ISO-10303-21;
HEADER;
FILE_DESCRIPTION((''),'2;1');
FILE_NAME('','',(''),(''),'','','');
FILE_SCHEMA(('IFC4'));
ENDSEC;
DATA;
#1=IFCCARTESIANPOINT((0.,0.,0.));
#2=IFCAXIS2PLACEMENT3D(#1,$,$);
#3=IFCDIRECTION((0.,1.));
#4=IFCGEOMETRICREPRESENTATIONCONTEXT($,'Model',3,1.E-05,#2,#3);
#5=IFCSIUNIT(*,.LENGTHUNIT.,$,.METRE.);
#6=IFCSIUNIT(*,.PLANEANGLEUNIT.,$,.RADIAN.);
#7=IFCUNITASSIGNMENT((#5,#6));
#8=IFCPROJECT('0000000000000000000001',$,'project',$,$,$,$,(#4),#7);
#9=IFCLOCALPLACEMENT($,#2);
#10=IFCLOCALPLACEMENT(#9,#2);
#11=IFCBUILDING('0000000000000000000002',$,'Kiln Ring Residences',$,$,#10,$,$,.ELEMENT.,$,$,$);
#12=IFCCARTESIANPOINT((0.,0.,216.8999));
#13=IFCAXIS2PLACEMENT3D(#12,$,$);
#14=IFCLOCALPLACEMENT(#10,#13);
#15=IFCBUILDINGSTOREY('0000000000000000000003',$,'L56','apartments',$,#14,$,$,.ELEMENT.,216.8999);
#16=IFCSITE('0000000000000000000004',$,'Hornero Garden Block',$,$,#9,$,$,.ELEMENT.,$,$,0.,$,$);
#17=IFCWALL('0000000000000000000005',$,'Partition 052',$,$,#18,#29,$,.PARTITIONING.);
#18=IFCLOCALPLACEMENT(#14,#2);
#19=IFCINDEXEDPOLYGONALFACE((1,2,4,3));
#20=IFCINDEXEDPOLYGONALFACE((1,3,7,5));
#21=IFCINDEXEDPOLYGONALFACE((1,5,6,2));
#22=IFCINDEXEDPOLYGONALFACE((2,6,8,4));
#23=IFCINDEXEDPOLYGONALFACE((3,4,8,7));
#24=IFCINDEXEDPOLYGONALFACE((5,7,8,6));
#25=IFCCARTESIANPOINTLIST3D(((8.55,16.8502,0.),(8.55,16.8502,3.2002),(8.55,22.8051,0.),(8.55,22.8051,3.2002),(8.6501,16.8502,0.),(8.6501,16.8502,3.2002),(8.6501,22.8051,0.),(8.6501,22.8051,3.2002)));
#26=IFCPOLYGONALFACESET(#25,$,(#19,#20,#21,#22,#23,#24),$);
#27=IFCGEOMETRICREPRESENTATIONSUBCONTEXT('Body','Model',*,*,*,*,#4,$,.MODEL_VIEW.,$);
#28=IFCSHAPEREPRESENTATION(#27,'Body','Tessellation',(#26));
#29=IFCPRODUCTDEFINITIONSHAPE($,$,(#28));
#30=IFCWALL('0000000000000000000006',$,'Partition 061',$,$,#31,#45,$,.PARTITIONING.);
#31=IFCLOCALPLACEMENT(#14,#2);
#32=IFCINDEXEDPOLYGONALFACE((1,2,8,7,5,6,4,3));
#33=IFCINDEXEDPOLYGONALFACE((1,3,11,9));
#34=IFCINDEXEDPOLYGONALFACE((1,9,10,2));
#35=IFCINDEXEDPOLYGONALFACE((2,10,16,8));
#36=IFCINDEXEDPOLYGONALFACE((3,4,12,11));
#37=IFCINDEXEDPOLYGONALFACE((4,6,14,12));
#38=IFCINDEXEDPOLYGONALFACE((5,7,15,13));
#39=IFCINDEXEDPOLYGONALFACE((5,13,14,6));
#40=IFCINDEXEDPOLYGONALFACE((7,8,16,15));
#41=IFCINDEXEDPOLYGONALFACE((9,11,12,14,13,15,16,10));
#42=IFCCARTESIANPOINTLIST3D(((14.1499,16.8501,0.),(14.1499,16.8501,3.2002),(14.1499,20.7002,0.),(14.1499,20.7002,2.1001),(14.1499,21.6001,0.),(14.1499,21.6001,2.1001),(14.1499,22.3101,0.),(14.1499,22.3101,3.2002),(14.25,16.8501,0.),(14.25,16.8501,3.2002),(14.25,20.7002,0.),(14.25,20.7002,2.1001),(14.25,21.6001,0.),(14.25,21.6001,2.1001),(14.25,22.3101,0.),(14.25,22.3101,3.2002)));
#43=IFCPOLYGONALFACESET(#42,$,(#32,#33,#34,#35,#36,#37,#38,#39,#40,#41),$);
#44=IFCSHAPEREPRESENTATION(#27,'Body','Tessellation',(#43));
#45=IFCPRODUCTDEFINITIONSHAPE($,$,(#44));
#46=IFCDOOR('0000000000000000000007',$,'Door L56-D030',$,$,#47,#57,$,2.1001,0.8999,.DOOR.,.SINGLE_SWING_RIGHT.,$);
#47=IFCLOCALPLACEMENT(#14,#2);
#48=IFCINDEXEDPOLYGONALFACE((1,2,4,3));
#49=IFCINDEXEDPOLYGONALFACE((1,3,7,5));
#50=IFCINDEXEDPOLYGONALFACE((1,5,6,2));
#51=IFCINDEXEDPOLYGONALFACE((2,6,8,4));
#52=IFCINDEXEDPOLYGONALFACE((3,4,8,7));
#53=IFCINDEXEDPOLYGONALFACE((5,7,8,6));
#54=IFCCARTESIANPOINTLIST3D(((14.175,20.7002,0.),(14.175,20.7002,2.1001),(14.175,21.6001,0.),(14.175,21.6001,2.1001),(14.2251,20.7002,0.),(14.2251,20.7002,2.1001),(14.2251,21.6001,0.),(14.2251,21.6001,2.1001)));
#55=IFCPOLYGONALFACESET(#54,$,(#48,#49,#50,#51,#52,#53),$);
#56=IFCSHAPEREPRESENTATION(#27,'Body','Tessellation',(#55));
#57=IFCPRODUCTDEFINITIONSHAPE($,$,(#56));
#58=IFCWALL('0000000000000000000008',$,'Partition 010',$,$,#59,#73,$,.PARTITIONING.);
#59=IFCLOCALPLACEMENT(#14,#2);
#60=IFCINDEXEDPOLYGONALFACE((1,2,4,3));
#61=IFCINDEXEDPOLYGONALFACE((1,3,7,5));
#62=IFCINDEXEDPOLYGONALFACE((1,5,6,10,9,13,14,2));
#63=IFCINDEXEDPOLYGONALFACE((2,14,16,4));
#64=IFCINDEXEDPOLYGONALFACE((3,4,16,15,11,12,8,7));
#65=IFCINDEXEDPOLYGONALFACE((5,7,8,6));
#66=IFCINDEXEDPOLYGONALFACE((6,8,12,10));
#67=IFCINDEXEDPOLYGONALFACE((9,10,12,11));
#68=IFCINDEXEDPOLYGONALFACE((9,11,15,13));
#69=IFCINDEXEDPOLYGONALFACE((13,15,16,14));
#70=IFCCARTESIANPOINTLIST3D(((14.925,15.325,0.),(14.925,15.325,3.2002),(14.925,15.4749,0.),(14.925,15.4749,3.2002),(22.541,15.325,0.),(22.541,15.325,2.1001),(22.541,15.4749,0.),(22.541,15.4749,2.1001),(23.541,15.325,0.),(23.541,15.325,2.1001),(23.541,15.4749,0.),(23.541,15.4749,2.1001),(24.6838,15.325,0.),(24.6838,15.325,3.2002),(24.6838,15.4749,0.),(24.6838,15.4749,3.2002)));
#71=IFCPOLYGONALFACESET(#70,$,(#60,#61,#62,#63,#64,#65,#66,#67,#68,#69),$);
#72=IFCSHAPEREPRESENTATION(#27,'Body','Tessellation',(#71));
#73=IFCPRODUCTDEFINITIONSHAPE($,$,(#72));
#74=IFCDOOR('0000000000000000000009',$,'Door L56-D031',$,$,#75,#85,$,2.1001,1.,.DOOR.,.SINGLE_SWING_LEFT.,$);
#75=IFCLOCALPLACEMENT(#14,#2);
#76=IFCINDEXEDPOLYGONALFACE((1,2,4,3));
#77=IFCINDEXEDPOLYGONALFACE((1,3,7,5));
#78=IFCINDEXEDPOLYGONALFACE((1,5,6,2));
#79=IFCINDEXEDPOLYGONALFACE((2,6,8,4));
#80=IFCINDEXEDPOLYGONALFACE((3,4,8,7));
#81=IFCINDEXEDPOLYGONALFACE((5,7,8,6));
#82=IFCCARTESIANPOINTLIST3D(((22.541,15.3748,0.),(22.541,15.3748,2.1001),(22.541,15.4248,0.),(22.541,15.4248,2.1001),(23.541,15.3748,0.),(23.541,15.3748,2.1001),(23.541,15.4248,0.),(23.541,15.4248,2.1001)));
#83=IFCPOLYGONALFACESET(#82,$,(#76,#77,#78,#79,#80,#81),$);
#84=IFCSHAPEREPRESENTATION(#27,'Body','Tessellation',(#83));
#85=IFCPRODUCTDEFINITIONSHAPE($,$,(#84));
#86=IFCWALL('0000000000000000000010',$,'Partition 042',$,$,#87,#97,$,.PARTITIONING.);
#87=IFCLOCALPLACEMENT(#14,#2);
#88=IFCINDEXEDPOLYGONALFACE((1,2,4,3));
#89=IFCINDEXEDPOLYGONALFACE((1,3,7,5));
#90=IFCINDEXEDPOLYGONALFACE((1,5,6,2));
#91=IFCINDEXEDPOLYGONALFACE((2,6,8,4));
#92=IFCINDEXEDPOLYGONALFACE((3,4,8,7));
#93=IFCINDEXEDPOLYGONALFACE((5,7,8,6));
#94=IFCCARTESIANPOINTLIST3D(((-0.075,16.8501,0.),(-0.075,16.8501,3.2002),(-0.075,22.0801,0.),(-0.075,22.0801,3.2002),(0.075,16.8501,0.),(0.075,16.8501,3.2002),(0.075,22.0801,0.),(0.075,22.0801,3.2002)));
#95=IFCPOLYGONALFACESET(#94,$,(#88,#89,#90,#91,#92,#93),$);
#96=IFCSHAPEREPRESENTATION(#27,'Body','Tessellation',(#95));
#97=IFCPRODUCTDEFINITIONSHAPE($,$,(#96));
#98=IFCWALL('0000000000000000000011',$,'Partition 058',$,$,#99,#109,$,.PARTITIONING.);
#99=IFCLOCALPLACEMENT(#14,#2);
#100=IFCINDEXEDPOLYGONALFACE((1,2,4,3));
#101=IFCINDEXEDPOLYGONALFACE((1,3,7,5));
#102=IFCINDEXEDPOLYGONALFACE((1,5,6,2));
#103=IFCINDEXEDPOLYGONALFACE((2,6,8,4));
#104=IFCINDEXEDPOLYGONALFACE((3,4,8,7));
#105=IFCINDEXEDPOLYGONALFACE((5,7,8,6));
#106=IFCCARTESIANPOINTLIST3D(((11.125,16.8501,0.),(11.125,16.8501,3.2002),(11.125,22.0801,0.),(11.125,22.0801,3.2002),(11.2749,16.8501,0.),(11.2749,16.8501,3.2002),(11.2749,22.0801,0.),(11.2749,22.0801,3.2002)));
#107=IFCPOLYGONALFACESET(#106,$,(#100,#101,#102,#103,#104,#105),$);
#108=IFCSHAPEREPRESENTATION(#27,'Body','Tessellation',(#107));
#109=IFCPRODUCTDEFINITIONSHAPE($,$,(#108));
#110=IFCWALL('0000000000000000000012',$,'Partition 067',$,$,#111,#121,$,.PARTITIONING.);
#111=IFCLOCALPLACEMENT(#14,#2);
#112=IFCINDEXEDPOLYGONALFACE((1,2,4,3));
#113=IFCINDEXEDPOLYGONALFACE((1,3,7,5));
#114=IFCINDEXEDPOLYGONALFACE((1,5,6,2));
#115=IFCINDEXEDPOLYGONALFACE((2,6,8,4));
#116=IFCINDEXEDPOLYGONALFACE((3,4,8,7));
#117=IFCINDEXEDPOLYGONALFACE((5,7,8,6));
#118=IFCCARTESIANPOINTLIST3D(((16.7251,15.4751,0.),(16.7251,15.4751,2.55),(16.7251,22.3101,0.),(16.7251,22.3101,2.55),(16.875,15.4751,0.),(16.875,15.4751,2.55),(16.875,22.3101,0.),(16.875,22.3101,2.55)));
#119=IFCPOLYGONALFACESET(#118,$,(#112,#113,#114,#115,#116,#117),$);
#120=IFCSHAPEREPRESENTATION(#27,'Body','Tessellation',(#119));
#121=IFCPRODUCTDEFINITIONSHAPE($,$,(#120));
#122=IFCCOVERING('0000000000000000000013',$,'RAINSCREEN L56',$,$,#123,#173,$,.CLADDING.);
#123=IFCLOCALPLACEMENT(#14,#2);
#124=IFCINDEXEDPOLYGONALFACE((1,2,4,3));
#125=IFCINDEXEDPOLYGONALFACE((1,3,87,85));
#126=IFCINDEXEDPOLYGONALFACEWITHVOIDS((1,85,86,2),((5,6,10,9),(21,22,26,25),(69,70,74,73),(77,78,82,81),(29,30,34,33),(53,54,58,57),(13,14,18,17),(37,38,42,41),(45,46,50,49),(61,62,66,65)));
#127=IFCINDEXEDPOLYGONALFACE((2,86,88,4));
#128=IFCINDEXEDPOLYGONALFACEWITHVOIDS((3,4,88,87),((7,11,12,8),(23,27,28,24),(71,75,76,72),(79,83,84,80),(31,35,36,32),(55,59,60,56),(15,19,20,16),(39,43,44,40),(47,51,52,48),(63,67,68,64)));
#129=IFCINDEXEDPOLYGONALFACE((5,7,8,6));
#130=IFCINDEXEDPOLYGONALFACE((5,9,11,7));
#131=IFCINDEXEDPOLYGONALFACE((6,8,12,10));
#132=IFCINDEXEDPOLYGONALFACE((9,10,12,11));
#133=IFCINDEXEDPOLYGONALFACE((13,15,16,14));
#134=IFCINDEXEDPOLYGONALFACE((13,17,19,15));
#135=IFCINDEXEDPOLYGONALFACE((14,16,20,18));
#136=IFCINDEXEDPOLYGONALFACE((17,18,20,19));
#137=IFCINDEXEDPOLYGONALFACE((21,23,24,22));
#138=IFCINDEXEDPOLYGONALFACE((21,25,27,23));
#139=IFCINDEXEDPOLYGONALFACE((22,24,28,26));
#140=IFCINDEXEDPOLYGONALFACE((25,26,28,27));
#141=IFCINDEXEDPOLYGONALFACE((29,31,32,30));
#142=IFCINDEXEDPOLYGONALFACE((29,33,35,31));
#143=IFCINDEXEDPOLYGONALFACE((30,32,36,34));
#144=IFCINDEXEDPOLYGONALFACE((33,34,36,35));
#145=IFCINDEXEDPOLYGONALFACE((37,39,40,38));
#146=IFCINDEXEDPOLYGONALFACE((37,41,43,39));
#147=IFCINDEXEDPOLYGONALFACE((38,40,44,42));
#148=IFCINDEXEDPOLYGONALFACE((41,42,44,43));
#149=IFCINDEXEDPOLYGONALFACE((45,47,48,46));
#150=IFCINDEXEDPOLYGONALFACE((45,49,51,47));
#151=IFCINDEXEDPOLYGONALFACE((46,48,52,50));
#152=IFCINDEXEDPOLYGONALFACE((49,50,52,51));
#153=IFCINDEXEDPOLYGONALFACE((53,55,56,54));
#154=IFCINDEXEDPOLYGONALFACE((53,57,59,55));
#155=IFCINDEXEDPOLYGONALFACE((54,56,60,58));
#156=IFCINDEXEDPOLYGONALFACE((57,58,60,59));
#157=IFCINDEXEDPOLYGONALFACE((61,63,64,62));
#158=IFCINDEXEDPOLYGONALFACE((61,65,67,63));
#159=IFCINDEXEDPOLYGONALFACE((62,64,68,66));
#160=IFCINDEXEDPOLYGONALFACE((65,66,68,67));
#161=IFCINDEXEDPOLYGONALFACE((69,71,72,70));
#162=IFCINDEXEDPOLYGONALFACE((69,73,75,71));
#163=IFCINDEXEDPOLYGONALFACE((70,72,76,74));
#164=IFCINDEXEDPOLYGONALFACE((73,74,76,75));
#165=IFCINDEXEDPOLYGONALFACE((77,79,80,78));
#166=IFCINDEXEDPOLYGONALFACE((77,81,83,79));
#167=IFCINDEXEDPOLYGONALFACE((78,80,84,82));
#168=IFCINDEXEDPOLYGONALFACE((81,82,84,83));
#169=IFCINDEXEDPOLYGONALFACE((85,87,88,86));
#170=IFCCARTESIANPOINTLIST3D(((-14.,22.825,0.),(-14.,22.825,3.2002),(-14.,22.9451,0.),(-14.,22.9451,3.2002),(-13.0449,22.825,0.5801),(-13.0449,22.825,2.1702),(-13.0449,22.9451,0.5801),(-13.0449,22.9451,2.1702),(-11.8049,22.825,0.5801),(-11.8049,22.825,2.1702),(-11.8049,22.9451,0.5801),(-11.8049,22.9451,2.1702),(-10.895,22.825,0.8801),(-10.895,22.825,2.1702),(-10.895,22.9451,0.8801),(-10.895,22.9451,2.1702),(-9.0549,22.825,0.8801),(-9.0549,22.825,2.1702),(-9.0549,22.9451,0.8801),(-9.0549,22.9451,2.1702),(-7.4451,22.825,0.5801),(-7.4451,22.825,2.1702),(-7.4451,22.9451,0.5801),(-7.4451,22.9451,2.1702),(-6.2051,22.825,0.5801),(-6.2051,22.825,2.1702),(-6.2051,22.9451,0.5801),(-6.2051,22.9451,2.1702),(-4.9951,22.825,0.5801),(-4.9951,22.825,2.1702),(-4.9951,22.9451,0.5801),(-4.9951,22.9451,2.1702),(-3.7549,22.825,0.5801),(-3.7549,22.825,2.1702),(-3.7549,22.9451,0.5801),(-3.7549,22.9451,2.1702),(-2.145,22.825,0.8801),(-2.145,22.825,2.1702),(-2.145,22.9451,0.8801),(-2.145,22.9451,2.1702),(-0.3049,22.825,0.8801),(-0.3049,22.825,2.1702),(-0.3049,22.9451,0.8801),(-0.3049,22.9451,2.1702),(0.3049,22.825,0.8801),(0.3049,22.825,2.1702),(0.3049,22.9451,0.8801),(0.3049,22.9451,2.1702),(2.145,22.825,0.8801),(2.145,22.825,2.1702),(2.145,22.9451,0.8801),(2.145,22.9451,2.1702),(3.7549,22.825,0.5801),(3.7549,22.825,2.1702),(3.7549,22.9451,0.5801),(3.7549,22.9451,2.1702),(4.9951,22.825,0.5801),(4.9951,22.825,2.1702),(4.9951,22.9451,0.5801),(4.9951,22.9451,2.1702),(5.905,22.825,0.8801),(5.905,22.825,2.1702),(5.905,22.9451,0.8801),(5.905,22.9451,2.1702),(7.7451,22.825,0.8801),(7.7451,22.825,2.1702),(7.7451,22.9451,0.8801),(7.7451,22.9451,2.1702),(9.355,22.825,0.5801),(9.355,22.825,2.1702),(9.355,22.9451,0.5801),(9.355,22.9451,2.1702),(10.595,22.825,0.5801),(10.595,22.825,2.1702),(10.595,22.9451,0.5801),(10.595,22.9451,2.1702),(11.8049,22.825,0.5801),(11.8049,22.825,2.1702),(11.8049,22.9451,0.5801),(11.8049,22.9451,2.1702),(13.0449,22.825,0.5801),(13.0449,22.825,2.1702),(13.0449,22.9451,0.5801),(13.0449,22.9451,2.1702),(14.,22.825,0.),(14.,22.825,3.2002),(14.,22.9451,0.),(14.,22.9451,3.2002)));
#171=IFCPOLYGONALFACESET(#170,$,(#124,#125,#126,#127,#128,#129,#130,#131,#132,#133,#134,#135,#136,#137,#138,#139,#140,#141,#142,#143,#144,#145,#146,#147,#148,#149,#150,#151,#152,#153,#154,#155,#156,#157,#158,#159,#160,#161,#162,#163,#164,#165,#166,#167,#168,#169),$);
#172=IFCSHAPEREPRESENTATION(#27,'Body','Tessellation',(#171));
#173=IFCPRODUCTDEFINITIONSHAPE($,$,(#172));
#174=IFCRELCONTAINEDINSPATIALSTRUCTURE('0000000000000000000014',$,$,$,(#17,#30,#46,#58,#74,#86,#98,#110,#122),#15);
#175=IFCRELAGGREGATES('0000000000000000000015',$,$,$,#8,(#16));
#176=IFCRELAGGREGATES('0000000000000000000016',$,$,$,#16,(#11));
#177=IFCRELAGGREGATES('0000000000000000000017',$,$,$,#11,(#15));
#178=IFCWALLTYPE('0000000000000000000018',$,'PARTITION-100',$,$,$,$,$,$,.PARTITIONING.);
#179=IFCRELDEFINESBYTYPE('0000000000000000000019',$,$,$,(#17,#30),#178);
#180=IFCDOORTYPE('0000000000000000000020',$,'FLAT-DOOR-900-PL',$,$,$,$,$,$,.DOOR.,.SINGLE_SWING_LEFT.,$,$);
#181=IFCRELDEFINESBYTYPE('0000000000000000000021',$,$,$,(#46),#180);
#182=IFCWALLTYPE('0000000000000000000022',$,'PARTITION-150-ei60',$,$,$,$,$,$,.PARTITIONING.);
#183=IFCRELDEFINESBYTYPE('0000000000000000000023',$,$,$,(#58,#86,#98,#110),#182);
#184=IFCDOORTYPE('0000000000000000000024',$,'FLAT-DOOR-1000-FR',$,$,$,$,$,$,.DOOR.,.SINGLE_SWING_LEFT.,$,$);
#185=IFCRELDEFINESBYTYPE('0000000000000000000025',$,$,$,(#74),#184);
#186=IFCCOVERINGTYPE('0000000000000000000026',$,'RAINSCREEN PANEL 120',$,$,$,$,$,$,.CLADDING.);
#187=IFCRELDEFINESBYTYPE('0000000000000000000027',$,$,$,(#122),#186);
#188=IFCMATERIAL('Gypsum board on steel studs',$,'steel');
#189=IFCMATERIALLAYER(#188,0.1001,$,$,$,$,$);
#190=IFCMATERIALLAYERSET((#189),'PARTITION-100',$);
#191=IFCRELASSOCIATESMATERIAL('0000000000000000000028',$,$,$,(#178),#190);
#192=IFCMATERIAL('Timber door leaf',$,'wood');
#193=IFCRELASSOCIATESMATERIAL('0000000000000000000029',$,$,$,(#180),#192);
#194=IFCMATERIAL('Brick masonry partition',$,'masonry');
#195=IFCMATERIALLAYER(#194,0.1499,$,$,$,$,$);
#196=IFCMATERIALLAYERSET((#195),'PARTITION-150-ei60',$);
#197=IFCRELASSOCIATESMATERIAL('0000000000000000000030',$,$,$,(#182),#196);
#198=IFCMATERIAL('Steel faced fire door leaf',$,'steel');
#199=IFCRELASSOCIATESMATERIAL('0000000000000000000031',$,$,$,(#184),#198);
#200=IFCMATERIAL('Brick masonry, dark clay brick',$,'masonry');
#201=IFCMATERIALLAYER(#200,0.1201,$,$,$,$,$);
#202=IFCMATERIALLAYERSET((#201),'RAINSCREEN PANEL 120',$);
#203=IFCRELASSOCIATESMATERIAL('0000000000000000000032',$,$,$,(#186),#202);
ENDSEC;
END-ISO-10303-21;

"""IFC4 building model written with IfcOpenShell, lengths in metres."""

from ifc_helpers import new_model, si_unit, direction, frame, frame_2d, origin, place, context, subcontext, project, spatial, polyline, rectangle, outline, extrude, material, layer, layer_set, type_object, element, fill, save


model = new_model("IFC4")

# Units and contexts
model_context = context("Model", 3, precision=1e-05, world=origin(), true_north=direction((0.0, 1.0)))
body_context = subcontext(model_context, "Body", "Model", "MODEL_VIEW")
ifc_project = project(units=[si_unit("LENGTHUNIT", "METRE"), si_unit("PLANEANGLEUNIT", "RADIAN")], contexts=[model_context])

# Site, building, storey
site_placement = place(None, origin())
site = spatial("IfcSite", under=ifc_project, at=site_placement, Name="Hornero Garden Block", CompositionType="ELEMENT", RefElevation=0.0)
building_placement = place(site_placement, origin())
building = spatial("IfcBuilding", under=site, at=building_placement, Name="Kiln Ring Residences", CompositionType="ELEMENT")
storey_placement = place(building_placement, frame((0.0, 0.0, 216.8999)))
storey = spatial("IfcBuildingStorey", under=building, at=storey_placement, Name="L56", Description="apartments", CompositionType="ELEMENT", Elevation=216.8999)

# Wall
ifc_material_1 = material(Name="Gypsum board on steel studs", Category="steel")
ifc_layer_1 = layer(ifc_material_1, 0.1001)
ifc_layer_set_1 = layer_set([ifc_layer_1], Name="PARTITION-100")
wall_type_1 = type_object("IfcWallType", Name="PARTITION-100", PredefinedType="PARTITIONING", material=ifc_layer_set_1)
wall_1_placement = place(storey_placement, frame((8.6001, 16.8501, 0.0), z_axis=(0.0, 0.0, 1.0), x_axis=(0.0, 1.0, 0.0)))
element("IfcWall", 1, at=wall_1_placement, inside=storey, type_object=wall_type_1, Name="Partition 052", PredefinedType="PARTITIONING", context=body_context, shape_type="SweptSolid", body=[
    extrude(rectangle(XDim=5.9548, YDim=0.1001, at=frame_2d((2.9775, 0.0))), origin(), (0.0, 0.0, 1.0), 3.2002),
])

# Walls, openings, doors
wall_2_placement = place(storey_placement, frame((14.2, 16.8501, 0.0), z_axis=(0.0, 0.0, 1.0), x_axis=(0.0, 1.0, 0.0)))
wall_2 = element("IfcWall", 2, at=wall_2_placement, inside=storey, type_object=wall_type_1, Name="Partition 061", PredefinedType="PARTITIONING", context=body_context, shape_type="SweptSolid", body=[
    extrude(rectangle(XDim=5.46, YDim=0.1001, at=frame_2d((2.73, 0.0))), origin(), (0.0, 0.0, 1.0), 3.2002),
])
opening_1_placement = place(wall_2_placement, frame((3.8501, 0.0, 0.0)))
opening_1 = element("IfcOpeningElement", 3, at=opening_1_placement, cuts=wall_2, PredefinedType="OPENING", context=body_context, shape_type="SweptSolid", body=[
    extrude(rectangle(XDim=0.8999, YDim=2.1001, at=frame_2d((0.45, 1.05))), frame((0.0, 0.0601, 0.0), z_axis=(0.0, -1.0, 0.0), x_axis=(1.0, 0.0, 0.0)), (0.0, 0.0, 1.0), 0.1201),
])
ifc_material_2 = material(Name="Timber door leaf", Category="wood")
door_type_1 = type_object("IfcDoorType", Name="FLAT-DOOR-900-PL", OperationType="SINGLE_SWING_LEFT", PredefinedType="DOOR", material=ifc_material_2)
door_1_placement = place(opening_1_placement, origin())
door_1 = element("IfcDoor", 4, at=door_1_placement, inside=storey, type_object=door_type_1, Name="Door L56-D030", OperationType="SINGLE_SWING_RIGHT", OverallHeight=2.1001, OverallWidth=0.8999, PredefinedType="DOOR", context=body_context, shape_type="SweptSolid", body=[
    extrude(rectangle(XDim=0.8999, YDim=2.1001, at=frame_2d((0.45, 1.05))), frame((0.0, 0.0249, 0.0), z_axis=(0.0, -1.0, 0.0), x_axis=(1.0, 0.0, 0.0)), (0.0, 0.0, 1.0), 0.05),
])
fill(opening_1, door_1)
ifc_material_3 = material(Name="Brick masonry partition", Category="masonry")
ifc_layer_2 = layer(ifc_material_3, 0.1499)
ifc_layer_set_2 = layer_set([ifc_layer_2], Name="PARTITION-150-ei60")
wall_type_2 = type_object("IfcWallType", Name="PARTITION-150-ei60", PredefinedType="PARTITIONING", material=ifc_layer_set_2)
wall_3_placement = place(storey_placement, frame((14.925, 15.3999, 0.0), z_axis=(0.0, 0.0, 1.0), x_axis=(1.0, 0.0, 0.0)))
wall_3 = element("IfcWall", 5, at=wall_3_placement, inside=storey, type_object=wall_type_2, Name="Partition 010", PredefinedType="PARTITIONING", context=body_context, shape_type="SweptSolid", body=[
    extrude(rectangle(XDim=9.7588, YDim=0.1499, at=frame_2d((4.8794, 0.0))), origin(), (0.0, 0.0, 1.0), 3.2002),
])
opening_2_placement = place(wall_3_placement, frame((7.616, 0.0, 0.0)))
opening_2 = element("IfcOpeningElement", 6, at=opening_2_placement, cuts=wall_3, PredefinedType="OPENING", context=body_context, shape_type="SweptSolid", body=[
    extrude(rectangle(XDim=1.0, YDim=2.1001, at=frame_2d((0.5, 1.05))), frame((0.0, 0.085, 0.0), z_axis=(0.0, -1.0, 0.0), x_axis=(1.0, 0.0, 0.0)), (0.0, 0.0, 1.0), 0.1699),
])
ifc_material_4 = material(Name="Steel faced fire door leaf", Category="steel")
door_type_2 = type_object("IfcDoorType", Name="FLAT-DOOR-1000-FR", OperationType="SINGLE_SWING_LEFT", PredefinedType="DOOR", material=ifc_material_4)
door_2_placement = place(opening_2_placement, origin())
door_2 = element("IfcDoor", 7, at=door_2_placement, inside=storey, type_object=door_type_2, Name="Door L56-D031", OperationType="SINGLE_SWING_LEFT", OverallHeight=2.1001, OverallWidth=1.0, PredefinedType="DOOR", context=body_context, shape_type="SweptSolid", body=[
    extrude(rectangle(XDim=1.0, YDim=2.1001, at=frame_2d((0.5, 1.05))), frame((0.0, 0.0249, 0.0), z_axis=(0.0, -1.0, 0.0), x_axis=(1.0, 0.0, 0.0)), (0.0, 0.0, 1.0), 0.05),
])
fill(opening_2, door_2)

# Walls
for number, where, z_axis, x_axis, name in (
    (8, (0.0, 16.8501, 0.0), (0.0, 0.0, 1.0), (0.0, 1.0, 0.0), "Partition 042"),
    (9, (11.2, 16.8501, 0.0), (0.0, 0.0, 1.0), (0.0, 1.0, 0.0), "Partition 058"),
):
    element("IfcWall", number, at=place(storey_placement, frame(where, z_axis=z_axis, x_axis=x_axis)), inside=storey, type_object=wall_type_2, Name=name, PredefinedType="PARTITIONING", context=body_context, shape_type="SweptSolid", body=[
        extrude(rectangle(XDim=5.23, YDim=0.1499, at=frame_2d((2.615, 0.0))), origin(), (0.0, 0.0, 1.0), 3.2002),
    ])
wall_4_placement = place(storey_placement, frame((16.8, 15.4751, 0.0), z_axis=(0.0, 0.0, 1.0), x_axis=(0.0, 1.0, 0.0)))
element("IfcWall", 10, at=wall_4_placement, inside=storey, type_object=wall_type_2, Name="Partition 067", PredefinedType="PARTITIONING", context=body_context, shape_type="SweptSolid", body=[
    extrude(rectangle(XDim=6.835, YDim=0.1499, at=frame_2d((3.4175, 0.0))), origin(), (0.0, 0.0, 1.0), 2.55),
])

# Covering
ifc_material_5 = material(Name="Brick masonry, dark clay brick", Category="masonry")
ifc_layer_3 = layer(ifc_material_5, 0.1201)
ifc_layer_set_3 = layer_set([ifc_layer_3], Name="RAINSCREEN PANEL 120")
covering_type = type_object("IfcCoveringType", Name="RAINSCREEN PANEL 120", PredefinedType="CLADDING", material=ifc_layer_set_3)
covering_placement = place(storey_placement, frame((14.0, 22.885, 0.0), z_axis=(0.0, 0.0, 1.0), x_axis=(-1.0, 0.0, 0.0)))
element("IfcCovering", 11, at=covering_placement, inside=storey, type_object=covering_type, Name="RAINSCREEN L56", PredefinedType="CLADDING", context=body_context, shape_type="SweptSolid", body=[
    extrude(outline(polyline([(0.0, 0.0), (28.0, 0.0), (28.0, 3.2002), (0.0, 3.2002), (0.0, 0.0)]), holes=[polyline([(0.9551, 0.5801), (2.1951, 0.5801), (2.1951, 2.1702), (0.9551, 2.1702), (0.9551, 0.5801)]), polyline([(3.405, 0.5801), (4.645, 0.5801), (4.645, 2.1702), (3.405, 2.1702), (3.405, 0.5801)]), polyline([(9.0049, 0.5801), (10.2451, 0.5801), (10.2451, 2.1702), (9.0049, 2.1702), (9.0049, 0.5801)]), polyline([(17.7549, 2.1702), (17.7549, 0.5801), (18.9951, 0.5801), (18.9951, 2.1702), (17.7549, 2.1702)]), polyline([(20.2051, 2.1702), (20.2051, 0.5801), (21.4451, 0.5801), (21.4451, 2.1702), (20.2051, 2.1702)]), polyline([(25.8049, 0.5801), (27.0449, 0.5801), (27.0449, 2.1702), (25.8049, 2.1702), (25.8049, 0.5801)]), polyline([(6.2549, 0.8801), (8.095, 0.8801), (8.095, 2.1702), (6.2549, 2.1702), (6.2549, 0.8801)]), polyline([(11.855, 0.8801), (13.6951, 0.8801), (13.6951, 2.1702), (11.855, 2.1702), (11.855, 0.8801)]), polyline([(14.3049, 2.1702), (14.3049, 0.8801), (16.145, 0.8801), (16.145, 2.1702), (14.3049, 2.1702)]), polyline([(23.0549, 2.1702), (23.0549, 0.8801), (24.895, 0.8801), (24.895, 2.1702), (23.0549, 2.1702)])]), frame((0.0, 0.0601, 0.0), z_axis=(0.0, -1.0, 0.0), x_axis=(1.0, 0.0, 0.0)), (0.0, 0.0, 1.0), 0.1201),
])

save(model, "model.ifc")
